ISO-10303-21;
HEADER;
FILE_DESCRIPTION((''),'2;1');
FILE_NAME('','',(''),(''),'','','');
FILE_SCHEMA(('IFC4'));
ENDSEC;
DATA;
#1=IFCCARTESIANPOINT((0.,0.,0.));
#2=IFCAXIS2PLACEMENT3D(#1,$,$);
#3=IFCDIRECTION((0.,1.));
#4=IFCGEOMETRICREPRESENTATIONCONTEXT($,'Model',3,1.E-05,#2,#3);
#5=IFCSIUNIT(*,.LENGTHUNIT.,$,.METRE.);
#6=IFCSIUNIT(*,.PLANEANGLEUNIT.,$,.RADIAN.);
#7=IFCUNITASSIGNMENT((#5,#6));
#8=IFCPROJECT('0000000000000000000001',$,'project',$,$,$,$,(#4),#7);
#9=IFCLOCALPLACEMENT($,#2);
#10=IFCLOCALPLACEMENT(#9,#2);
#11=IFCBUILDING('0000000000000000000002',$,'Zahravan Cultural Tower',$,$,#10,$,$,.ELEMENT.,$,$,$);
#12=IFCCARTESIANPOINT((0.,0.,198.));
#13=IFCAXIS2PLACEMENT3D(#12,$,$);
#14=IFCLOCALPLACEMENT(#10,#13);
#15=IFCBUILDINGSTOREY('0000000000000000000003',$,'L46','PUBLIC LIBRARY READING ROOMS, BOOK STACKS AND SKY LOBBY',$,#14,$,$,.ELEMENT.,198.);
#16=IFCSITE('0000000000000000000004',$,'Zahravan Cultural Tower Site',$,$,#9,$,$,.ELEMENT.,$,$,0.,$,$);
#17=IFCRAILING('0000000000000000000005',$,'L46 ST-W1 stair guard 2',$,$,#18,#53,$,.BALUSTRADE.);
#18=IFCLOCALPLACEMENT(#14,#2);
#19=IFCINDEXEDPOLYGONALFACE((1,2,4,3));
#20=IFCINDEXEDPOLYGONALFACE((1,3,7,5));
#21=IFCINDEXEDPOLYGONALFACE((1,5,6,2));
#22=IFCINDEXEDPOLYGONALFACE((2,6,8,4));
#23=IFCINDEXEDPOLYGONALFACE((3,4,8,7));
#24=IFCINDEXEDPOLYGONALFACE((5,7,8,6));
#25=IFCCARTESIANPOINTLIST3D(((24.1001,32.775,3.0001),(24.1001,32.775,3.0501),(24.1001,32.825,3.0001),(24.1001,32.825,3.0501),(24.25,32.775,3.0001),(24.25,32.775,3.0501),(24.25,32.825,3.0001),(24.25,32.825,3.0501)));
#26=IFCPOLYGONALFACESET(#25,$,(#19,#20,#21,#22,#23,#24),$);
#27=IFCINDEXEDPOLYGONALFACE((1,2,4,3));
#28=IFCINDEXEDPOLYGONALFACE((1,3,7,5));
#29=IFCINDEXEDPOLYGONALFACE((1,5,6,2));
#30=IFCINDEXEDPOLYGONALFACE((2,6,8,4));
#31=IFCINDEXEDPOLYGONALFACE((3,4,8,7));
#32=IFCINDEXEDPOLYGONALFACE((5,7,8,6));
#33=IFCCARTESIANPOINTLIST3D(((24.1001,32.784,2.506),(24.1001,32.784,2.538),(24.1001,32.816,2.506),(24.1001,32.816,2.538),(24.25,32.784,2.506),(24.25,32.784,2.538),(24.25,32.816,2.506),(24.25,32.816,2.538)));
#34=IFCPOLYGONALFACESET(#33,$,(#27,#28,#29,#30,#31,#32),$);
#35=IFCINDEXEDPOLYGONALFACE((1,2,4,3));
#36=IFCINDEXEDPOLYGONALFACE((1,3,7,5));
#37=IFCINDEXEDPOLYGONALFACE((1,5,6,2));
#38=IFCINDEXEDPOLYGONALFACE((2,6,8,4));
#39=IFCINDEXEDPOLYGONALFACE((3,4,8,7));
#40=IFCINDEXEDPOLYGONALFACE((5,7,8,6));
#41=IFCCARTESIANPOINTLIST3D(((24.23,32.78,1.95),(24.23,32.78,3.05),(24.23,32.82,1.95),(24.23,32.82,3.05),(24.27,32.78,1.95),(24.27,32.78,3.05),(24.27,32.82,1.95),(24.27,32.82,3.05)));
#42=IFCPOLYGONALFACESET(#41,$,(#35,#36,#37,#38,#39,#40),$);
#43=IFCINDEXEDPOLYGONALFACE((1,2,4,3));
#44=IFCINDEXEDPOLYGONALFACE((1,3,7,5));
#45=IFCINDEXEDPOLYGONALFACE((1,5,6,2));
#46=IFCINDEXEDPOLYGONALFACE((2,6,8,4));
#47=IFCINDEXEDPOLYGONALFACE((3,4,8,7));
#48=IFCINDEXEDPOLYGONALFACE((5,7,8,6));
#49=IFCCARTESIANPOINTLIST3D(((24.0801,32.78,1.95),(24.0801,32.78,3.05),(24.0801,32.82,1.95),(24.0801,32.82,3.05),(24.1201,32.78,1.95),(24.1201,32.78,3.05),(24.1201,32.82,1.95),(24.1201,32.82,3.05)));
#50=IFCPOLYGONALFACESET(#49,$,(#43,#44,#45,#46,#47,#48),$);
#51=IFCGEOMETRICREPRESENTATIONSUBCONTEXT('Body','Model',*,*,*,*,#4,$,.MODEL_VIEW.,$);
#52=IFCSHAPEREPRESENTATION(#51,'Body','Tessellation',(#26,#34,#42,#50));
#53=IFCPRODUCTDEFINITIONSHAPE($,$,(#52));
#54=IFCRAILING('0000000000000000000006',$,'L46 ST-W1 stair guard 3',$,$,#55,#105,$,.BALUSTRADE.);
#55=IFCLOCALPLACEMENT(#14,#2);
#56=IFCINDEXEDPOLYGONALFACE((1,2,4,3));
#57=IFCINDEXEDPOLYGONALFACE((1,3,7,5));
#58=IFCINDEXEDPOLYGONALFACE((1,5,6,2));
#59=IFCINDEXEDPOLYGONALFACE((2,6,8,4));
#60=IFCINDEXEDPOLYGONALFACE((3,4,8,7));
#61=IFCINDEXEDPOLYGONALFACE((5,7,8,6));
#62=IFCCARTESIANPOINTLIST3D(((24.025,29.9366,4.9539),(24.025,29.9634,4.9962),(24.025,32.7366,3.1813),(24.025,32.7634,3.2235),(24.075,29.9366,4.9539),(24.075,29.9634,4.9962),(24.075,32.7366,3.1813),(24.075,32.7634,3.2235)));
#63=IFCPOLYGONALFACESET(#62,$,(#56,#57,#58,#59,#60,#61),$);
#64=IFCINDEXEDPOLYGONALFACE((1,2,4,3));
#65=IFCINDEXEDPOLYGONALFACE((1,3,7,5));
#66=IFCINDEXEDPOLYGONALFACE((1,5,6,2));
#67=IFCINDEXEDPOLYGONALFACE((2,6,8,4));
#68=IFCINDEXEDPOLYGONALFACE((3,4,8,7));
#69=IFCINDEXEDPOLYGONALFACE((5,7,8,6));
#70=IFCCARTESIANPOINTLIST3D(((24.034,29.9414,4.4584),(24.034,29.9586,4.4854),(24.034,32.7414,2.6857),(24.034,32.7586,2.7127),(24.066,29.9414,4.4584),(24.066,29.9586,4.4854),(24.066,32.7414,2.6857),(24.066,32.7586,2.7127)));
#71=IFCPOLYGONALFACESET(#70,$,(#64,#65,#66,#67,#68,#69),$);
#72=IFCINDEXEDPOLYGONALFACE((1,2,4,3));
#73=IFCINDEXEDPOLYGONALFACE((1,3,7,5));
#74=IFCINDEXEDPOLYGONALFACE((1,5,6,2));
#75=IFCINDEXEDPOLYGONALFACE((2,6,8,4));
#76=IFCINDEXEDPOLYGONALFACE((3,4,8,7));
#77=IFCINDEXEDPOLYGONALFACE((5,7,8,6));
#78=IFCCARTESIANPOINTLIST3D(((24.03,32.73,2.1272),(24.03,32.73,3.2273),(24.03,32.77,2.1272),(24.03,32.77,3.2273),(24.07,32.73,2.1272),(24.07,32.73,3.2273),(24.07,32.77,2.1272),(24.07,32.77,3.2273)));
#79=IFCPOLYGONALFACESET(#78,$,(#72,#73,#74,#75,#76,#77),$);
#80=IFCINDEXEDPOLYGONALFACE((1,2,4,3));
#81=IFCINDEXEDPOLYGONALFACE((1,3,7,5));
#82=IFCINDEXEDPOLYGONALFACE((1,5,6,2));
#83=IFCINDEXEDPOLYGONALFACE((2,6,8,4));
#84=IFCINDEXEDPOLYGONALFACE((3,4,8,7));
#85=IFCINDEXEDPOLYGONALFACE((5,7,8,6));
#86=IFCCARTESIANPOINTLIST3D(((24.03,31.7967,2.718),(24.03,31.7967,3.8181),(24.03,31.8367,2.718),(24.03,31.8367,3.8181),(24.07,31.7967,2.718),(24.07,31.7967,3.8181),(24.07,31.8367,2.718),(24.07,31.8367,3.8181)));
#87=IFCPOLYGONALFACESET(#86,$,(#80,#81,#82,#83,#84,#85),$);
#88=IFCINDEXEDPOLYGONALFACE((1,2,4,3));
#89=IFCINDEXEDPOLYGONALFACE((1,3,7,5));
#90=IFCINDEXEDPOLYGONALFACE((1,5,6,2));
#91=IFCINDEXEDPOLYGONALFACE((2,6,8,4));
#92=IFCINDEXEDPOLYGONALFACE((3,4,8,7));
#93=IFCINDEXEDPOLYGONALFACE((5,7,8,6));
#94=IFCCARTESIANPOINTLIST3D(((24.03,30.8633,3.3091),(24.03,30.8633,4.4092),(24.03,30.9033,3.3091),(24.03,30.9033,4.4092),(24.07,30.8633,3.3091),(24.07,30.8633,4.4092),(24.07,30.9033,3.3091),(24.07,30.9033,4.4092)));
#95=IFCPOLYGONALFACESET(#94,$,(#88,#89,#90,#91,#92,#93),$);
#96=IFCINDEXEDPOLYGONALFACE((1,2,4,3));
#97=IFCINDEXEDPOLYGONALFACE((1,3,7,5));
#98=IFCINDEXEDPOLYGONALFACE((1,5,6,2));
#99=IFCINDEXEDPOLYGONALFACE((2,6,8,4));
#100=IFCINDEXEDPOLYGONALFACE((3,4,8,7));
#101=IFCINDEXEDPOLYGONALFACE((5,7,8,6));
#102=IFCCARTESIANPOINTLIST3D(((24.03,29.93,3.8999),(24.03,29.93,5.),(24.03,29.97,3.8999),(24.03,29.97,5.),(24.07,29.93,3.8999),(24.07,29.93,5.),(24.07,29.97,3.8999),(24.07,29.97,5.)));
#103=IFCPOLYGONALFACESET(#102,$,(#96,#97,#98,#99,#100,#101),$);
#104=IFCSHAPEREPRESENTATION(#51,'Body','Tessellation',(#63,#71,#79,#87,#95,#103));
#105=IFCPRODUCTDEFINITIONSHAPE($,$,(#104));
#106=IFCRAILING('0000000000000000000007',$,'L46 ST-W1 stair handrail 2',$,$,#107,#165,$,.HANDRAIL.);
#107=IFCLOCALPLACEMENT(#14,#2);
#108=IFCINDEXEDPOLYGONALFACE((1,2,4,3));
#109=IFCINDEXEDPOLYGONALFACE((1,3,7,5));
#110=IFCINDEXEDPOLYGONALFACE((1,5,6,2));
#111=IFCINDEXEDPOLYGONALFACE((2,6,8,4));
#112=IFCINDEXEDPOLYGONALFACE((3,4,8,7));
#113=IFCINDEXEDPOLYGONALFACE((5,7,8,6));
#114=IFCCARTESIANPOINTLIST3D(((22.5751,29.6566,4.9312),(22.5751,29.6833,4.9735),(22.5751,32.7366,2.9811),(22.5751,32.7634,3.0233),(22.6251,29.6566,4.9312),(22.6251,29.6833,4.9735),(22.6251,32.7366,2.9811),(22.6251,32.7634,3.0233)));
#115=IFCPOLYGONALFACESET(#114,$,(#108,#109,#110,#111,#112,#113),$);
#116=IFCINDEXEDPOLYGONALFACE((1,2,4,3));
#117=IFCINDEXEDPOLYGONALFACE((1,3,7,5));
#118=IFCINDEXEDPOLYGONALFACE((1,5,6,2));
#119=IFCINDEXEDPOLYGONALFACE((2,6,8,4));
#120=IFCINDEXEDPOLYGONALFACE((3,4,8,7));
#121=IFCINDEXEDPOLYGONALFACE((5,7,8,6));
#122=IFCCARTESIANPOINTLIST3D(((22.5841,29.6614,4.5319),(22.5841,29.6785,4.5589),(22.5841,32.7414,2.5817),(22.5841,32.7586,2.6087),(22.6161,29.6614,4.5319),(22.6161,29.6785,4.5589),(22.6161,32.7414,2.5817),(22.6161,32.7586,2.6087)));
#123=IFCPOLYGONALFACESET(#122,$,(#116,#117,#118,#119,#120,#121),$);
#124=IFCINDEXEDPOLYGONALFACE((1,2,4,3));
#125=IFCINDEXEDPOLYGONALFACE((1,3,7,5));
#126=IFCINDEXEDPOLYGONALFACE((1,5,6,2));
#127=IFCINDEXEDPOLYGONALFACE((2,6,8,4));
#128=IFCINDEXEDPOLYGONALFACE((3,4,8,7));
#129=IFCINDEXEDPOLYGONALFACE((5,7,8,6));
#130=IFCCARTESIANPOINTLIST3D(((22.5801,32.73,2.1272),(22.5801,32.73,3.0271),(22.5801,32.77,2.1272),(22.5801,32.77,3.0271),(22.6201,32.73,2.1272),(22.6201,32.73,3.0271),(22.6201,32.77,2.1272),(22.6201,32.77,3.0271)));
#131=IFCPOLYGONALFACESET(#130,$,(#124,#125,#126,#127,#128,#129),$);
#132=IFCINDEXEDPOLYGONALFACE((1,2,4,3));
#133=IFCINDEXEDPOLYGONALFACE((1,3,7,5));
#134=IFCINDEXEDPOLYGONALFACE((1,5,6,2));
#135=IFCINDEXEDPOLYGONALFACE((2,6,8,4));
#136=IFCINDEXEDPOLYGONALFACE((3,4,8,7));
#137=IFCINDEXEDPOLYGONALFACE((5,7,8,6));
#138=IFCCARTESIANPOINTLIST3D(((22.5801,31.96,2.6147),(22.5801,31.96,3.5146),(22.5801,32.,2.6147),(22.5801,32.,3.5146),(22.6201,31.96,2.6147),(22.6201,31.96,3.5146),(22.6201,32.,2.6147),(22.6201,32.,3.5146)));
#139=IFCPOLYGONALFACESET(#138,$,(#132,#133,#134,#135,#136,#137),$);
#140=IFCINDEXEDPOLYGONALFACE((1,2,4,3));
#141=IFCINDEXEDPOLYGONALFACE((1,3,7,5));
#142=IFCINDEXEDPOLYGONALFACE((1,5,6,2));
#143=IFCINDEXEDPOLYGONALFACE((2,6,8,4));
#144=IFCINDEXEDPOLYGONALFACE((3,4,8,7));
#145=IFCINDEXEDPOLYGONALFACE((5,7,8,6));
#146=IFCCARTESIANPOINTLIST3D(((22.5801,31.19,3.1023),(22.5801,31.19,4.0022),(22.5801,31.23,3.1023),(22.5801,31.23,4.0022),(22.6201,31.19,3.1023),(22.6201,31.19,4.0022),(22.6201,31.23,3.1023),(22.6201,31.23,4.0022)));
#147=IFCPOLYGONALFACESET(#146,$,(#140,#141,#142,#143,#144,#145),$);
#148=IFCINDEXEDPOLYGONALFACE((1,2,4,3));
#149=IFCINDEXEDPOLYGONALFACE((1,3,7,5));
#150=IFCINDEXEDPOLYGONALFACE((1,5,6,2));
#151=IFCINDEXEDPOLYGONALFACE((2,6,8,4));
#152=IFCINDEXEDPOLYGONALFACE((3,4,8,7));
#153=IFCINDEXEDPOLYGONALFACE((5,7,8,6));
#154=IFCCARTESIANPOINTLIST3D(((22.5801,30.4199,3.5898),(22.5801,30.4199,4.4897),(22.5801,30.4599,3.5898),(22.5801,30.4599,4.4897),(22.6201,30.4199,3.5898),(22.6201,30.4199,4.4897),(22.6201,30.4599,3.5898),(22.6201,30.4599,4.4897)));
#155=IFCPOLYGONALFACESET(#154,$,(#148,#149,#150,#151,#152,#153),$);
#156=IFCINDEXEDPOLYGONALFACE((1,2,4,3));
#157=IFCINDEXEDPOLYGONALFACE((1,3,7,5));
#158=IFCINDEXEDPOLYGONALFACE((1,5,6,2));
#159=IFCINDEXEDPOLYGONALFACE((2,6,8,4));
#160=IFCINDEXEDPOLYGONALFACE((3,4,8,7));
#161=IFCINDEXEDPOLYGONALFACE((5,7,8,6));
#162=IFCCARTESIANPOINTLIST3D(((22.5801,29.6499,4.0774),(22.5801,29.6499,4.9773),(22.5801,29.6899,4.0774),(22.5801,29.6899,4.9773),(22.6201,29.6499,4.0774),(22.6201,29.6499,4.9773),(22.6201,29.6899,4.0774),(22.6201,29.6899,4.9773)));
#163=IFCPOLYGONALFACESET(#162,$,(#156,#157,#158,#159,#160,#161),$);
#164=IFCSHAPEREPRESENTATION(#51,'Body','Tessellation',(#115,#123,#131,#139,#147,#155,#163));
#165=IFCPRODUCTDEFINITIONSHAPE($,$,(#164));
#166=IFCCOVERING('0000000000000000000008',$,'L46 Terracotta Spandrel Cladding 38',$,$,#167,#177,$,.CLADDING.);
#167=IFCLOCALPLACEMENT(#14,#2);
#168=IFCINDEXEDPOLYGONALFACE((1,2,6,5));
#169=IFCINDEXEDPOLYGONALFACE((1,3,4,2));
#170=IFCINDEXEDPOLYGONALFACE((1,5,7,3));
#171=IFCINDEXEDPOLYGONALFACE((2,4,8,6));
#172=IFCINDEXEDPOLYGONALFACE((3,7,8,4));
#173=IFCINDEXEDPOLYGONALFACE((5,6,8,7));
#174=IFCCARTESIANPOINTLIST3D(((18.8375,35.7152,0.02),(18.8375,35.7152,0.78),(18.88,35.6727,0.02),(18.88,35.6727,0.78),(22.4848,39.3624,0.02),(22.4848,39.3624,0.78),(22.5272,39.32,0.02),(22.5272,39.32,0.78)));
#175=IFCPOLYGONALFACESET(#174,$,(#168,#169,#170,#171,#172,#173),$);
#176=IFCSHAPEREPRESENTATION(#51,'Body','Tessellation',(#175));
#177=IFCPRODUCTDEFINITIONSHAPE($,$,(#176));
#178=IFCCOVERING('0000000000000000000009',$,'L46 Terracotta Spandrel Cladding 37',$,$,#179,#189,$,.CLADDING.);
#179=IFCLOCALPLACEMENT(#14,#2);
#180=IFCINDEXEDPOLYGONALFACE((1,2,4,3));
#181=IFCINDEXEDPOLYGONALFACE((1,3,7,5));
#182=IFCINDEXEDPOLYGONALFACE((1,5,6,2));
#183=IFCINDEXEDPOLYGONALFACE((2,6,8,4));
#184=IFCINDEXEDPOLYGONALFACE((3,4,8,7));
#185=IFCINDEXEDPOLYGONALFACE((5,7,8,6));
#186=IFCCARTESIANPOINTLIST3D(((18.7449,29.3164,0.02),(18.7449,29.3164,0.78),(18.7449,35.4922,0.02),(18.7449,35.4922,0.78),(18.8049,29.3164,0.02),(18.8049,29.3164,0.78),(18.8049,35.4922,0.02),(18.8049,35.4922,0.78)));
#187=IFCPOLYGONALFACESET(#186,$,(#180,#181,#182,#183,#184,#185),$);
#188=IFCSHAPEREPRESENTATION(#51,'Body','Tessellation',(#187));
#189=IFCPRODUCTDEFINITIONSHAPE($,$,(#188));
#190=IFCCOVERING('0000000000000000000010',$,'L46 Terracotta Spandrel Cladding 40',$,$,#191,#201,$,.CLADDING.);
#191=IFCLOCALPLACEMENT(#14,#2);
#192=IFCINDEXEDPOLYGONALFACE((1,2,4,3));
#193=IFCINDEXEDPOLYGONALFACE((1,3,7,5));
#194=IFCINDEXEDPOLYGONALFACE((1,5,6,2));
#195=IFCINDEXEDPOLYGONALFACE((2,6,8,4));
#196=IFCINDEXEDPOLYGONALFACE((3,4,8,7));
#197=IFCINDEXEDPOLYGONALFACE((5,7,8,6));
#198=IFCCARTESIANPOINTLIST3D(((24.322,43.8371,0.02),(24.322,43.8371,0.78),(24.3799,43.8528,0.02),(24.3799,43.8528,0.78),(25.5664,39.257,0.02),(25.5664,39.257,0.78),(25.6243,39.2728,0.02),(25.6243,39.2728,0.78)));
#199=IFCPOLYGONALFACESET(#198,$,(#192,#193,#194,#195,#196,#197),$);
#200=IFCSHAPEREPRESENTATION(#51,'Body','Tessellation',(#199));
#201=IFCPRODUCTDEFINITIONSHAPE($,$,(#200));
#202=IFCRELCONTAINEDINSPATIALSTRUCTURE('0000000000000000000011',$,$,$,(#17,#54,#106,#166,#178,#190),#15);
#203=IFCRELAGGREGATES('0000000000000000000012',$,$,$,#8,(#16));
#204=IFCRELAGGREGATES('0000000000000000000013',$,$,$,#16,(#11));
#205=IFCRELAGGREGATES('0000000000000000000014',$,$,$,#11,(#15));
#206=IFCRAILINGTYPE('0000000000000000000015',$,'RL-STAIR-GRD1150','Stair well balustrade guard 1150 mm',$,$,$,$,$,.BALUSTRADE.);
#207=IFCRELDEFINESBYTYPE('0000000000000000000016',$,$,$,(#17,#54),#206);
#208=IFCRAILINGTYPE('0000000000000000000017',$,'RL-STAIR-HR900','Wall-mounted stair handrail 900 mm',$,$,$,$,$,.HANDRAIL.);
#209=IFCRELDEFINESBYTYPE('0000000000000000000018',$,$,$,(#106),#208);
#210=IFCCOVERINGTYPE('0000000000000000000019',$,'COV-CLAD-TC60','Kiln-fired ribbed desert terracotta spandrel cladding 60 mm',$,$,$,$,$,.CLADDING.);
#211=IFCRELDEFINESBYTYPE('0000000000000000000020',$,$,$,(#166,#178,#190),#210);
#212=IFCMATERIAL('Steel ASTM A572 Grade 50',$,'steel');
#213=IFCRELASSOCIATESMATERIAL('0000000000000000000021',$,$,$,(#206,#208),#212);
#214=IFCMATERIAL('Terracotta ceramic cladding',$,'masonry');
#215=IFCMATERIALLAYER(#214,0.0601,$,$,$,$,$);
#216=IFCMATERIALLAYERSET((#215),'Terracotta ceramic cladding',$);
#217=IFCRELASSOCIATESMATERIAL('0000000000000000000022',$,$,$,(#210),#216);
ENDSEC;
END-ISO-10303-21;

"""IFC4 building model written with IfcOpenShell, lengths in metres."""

from ifc_helpers import new_model, si_unit, direction, frame, origin, origin_2d, place, context, subcontext, project, spatial, rectangle, extrude, source, transform, mapped, material, layer, layer_set, type_object, element, save


model = new_model("IFC4")

# Units and contexts
model_context = context("Model", 3, precision=1e-05, world=origin(), true_north=direction((0.0, 1.0)))
body_context = subcontext(model_context, "Body", "Model", "MODEL_VIEW")
ifc_project = project(units=[si_unit("LENGTHUNIT", "METRE"), si_unit("PLANEANGLEUNIT", "RADIAN")], contexts=[model_context])

# Site, building, storey
site_placement = place(None, origin())
site = spatial("IfcSite", under=ifc_project, at=site_placement, Name="Zahravan Cultural Tower Site", CompositionType="ELEMENT", RefElevation=0.0)
building_placement = place(site_placement, origin())
building = spatial("IfcBuilding", under=site, at=building_placement, Name="Zahravan Cultural Tower", CompositionType="ELEMENT")
storey_placement = place(building_placement, frame((0.0, 0.0, 198.0)))
storey = spatial("IfcBuildingStorey", under=building, at=storey_placement, Name="L46", Description="PUBLIC LIBRARY READING ROOMS, BOOK STACKS AND SKY LOBBY", CompositionType="ELEMENT", Elevation=198.0)

# Railings
ifc_material_1 = material(Name="Steel ASTM A572 Grade 50", Category="steel")
railing_type_1 = type_object("IfcRailingType", Name="RL-STAIR-GRD1150", Description="Stair well balustrade guard 1150 mm", PredefinedType="BALUSTRADE", material=ifc_material_1)
railing_1_placement = place(storey_placement, frame((24.25, 32.8, 1.95)))
element("IfcRailing", 1, at=railing_1_placement, inside=storey, type_object=railing_type_1, Name="L46 ST-W1 stair guard 2", PredefinedType="BALUSTRADE", context=body_context, shape_type="SweptSolid", body=[
    extrude(rectangle(XDim=0.05, YDim=0.05, at=origin_2d()), frame((0.0, 0.0, 1.0752), z_axis=(-1.0, 0.0, 0.0), x_axis=(0.0, -1.0, 0.0)), (0.0, 0.0, 1.0), 0.1499),
    extrude(rectangle(XDim=0.032, YDim=0.032, at=origin_2d()), frame((0.0, 0.0, 0.572), z_axis=(-1.0, 0.0, 0.0), x_axis=(0.0, -1.0, 0.0)), (0.0, 0.0, 1.0), 0.1499),
    extrude(rectangle(XDim=0.04, YDim=0.04, at=origin_2d()), origin(), (0.0, 0.0, 1.0), 1.1001),
    extrude(rectangle(XDim=0.04, YDim=0.04, at=origin_2d()), frame((-0.1499, 0.0, 0.0)), (0.0, 0.0, 1.0), 1.1001),
])
railing_2_placement = place(storey_placement, frame((24.05, 32.75, 2.1272)))
element("IfcRailing", 2, at=railing_2_placement, inside=storey, type_object=railing_type_1, Name="L46 ST-W1 stair guard 3", PredefinedType="BALUSTRADE", context=body_context, shape_type="SweptSolid", body=[
    extrude(rectangle(XDim=0.05, YDim=0.05, at=origin_2d()), frame((0.0, 0.0, 1.0752), z_axis=(0.0, -0.844909, 0.53491), x_axis=(1.0, 0.0, 0.0)), (0.0, 0.0, 1.0), 3.314),
    extrude(rectangle(XDim=0.032, YDim=0.032, at=origin_2d()), frame((0.0, 0.0, 0.572), z_axis=(0.0, -0.844909, 0.53491), x_axis=(1.0, 0.0, 0.0)), (0.0, 0.0, 1.0), 3.314),
    extrude(rectangle(XDim=0.04, YDim=0.04, at=origin_2d()), origin(), (0.0, 0.0, 1.0), 1.1001),
    extrude(rectangle(XDim=0.04, YDim=0.04, at=origin_2d()), frame((0.0, -0.9333, 0.5908)), (0.0, 0.0, 1.0), 1.1001),
    extrude(rectangle(XDim=0.04, YDim=0.04, at=origin_2d()), frame((0.0, -1.8667, 1.1819)), (0.0, 0.0, 1.0), 1.1001),
    extrude(rectangle(XDim=0.04, YDim=0.04, at=origin_2d()), frame((0.0, -2.8, 1.7727)), (0.0, 0.0, 1.0), 1.1001),
])
railing_type_2 = type_object("IfcRailingType", Name="RL-STAIR-HR900", Description="Wall-mounted stair handrail 900 mm", PredefinedType="HANDRAIL", material=ifc_material_1)
railing_3_placement = place(storey_placement, frame((22.6001, 32.75, 2.1272)))
element("IfcRailing", 3, at=railing_3_placement, inside=storey, type_object=railing_type_2, Name="L46 ST-W1 stair handrail 2", PredefinedType="HANDRAIL", context=body_context, shape_type="SweptSolid", body=[
    extrude(rectangle(XDim=0.05, YDim=0.05, at=origin_2d()), frame((0.0, 0.0, 0.875), z_axis=(0.0, -0.844884, 0.53495), x_axis=(1.0, 0.0, 0.0)), (0.0, 0.0, 1.0), 3.6455),
    extrude(rectangle(XDim=0.032, YDim=0.032, at=origin_2d()), frame((0.0, 0.0, 0.468), z_axis=(0.0, -0.844884, 0.53495), x_axis=(1.0, 0.0, 0.0)), (0.0, 0.0, 1.0), 3.6455),
    extrude(rectangle(XDim=0.04, YDim=0.04, at=origin_2d()), origin(), (0.0, 0.0, 1.0), 0.8999),
    extrude(rectangle(XDim=0.04, YDim=0.04, at=origin_2d()), frame((0.0, -0.77, 0.4875)), (0.0, 0.0, 1.0), 0.8999),
    extrude(rectangle(XDim=0.04, YDim=0.04, at=origin_2d()), frame((0.0, -1.54, 0.9751)), (0.0, 0.0, 1.0), 0.8999),
    extrude(rectangle(XDim=0.04, YDim=0.04, at=origin_2d()), frame((0.0, -2.3101, 1.4626)), (0.0, 0.0, 1.0), 0.8999),
    extrude(rectangle(XDim=0.04, YDim=0.04, at=origin_2d()), frame((0.0, -3.0801, 1.9502)), (0.0, 0.0, 1.0), 0.8999),
])

# Coverings
ifc_material_2 = material(Name="Terracotta ceramic cladding", Category="masonry")
ifc_layer_1 = layer(ifc_material_2, 0.0601)
ifc_layer_set_1 = layer_set([ifc_layer_1], Name="Terracotta ceramic cladding")
covering_type = type_object("IfcCoveringType", Name="COV-CLAD-TC60", Description="Kiln-fired ribbed desert terracotta spandrel cladding 60 mm", PredefinedType="CLADDING", material=ifc_layer_set_1)
shared_shape_1 = source(origin(), body_context, "Body", "SweptSolid", [
    extrude(rectangle(XDim=5.158, YDim=0.0601, at=origin_2d()), origin(), (0.0, 0.0, 1.0), 0.76),
])
covering_1_placement = place(storey_placement, frame((20.6824, 37.5176, 0.02), z_axis=(0.0, 0.0, 1.0), x_axis=(0.707107, 0.707107, 0.0)))
element("IfcCovering", 4, at=covering_1_placement, inside=storey, type_object=covering_type, Name="L46 Terracotta Spandrel Cladding 38", PredefinedType="CLADDING", context=body_context, shape_type="MappedRepresentation", body=[
    mapped(shared_shape_1, transform((0.0, 0.0, 0.0), x_axis=(1.0, 0.0, 0.0), y_axis=(0.0, 1.0, 0.0), z_axis=(0.0, 0.0, 1.0), scale=1.0)),
])
shared_shape_2 = source(origin(), body_context, "Body", "SweptSolid", [
    extrude(rectangle(XDim=6.1758, YDim=0.0601, at=origin_2d()), origin(), (0.0, 0.0, 1.0), 0.76),
])
covering_2_placement = place(storey_placement, frame((18.7749, 32.4043, 0.02), z_axis=(0.0, 0.0, 1.0), x_axis=(0.0, 1.0, 0.0)))
element("IfcCovering", 5, at=covering_2_placement, inside=storey, type_object=covering_type, Name="L46 Terracotta Spandrel Cladding 37", PredefinedType="CLADDING", context=body_context, shape_type="MappedRepresentation", body=[
    mapped(shared_shape_2, transform((0.0, 0.0, 0.0), x_axis=(1.0, 0.0, 0.0), y_axis=(0.0, 1.0, 0.0), z_axis=(0.0, 0.0, 1.0), scale=1.0)),
])
shared_shape_3 = source(origin(), body_context, "Body", "SweptSolid", [
    extrude(rectangle(XDim=4.7461, YDim=0.0601, at=origin_2d()), origin(), (0.0, 0.0, 1.0), 0.76),
])
covering_3_placement = place(storey_placement, frame((24.9731, 41.5549, 0.02), z_axis=(0.0, 0.0, 1.0), x_axis=(-0.262189, 0.965016, 0.0)))
element("IfcCovering", 6, at=covering_3_placement, inside=storey, type_object=covering_type, Name="L46 Terracotta Spandrel Cladding 40", PredefinedType="CLADDING", context=body_context, shape_type="MappedRepresentation", body=[
    mapped(shared_shape_3, transform((0.0, 0.0, 0.0), x_axis=(1.0, 0.0, 0.0), y_axis=(0.0, 1.0, 0.0), z_axis=(0.0, 0.0, 1.0), scale=1.0)),
])

save(model, "model.ifc")
